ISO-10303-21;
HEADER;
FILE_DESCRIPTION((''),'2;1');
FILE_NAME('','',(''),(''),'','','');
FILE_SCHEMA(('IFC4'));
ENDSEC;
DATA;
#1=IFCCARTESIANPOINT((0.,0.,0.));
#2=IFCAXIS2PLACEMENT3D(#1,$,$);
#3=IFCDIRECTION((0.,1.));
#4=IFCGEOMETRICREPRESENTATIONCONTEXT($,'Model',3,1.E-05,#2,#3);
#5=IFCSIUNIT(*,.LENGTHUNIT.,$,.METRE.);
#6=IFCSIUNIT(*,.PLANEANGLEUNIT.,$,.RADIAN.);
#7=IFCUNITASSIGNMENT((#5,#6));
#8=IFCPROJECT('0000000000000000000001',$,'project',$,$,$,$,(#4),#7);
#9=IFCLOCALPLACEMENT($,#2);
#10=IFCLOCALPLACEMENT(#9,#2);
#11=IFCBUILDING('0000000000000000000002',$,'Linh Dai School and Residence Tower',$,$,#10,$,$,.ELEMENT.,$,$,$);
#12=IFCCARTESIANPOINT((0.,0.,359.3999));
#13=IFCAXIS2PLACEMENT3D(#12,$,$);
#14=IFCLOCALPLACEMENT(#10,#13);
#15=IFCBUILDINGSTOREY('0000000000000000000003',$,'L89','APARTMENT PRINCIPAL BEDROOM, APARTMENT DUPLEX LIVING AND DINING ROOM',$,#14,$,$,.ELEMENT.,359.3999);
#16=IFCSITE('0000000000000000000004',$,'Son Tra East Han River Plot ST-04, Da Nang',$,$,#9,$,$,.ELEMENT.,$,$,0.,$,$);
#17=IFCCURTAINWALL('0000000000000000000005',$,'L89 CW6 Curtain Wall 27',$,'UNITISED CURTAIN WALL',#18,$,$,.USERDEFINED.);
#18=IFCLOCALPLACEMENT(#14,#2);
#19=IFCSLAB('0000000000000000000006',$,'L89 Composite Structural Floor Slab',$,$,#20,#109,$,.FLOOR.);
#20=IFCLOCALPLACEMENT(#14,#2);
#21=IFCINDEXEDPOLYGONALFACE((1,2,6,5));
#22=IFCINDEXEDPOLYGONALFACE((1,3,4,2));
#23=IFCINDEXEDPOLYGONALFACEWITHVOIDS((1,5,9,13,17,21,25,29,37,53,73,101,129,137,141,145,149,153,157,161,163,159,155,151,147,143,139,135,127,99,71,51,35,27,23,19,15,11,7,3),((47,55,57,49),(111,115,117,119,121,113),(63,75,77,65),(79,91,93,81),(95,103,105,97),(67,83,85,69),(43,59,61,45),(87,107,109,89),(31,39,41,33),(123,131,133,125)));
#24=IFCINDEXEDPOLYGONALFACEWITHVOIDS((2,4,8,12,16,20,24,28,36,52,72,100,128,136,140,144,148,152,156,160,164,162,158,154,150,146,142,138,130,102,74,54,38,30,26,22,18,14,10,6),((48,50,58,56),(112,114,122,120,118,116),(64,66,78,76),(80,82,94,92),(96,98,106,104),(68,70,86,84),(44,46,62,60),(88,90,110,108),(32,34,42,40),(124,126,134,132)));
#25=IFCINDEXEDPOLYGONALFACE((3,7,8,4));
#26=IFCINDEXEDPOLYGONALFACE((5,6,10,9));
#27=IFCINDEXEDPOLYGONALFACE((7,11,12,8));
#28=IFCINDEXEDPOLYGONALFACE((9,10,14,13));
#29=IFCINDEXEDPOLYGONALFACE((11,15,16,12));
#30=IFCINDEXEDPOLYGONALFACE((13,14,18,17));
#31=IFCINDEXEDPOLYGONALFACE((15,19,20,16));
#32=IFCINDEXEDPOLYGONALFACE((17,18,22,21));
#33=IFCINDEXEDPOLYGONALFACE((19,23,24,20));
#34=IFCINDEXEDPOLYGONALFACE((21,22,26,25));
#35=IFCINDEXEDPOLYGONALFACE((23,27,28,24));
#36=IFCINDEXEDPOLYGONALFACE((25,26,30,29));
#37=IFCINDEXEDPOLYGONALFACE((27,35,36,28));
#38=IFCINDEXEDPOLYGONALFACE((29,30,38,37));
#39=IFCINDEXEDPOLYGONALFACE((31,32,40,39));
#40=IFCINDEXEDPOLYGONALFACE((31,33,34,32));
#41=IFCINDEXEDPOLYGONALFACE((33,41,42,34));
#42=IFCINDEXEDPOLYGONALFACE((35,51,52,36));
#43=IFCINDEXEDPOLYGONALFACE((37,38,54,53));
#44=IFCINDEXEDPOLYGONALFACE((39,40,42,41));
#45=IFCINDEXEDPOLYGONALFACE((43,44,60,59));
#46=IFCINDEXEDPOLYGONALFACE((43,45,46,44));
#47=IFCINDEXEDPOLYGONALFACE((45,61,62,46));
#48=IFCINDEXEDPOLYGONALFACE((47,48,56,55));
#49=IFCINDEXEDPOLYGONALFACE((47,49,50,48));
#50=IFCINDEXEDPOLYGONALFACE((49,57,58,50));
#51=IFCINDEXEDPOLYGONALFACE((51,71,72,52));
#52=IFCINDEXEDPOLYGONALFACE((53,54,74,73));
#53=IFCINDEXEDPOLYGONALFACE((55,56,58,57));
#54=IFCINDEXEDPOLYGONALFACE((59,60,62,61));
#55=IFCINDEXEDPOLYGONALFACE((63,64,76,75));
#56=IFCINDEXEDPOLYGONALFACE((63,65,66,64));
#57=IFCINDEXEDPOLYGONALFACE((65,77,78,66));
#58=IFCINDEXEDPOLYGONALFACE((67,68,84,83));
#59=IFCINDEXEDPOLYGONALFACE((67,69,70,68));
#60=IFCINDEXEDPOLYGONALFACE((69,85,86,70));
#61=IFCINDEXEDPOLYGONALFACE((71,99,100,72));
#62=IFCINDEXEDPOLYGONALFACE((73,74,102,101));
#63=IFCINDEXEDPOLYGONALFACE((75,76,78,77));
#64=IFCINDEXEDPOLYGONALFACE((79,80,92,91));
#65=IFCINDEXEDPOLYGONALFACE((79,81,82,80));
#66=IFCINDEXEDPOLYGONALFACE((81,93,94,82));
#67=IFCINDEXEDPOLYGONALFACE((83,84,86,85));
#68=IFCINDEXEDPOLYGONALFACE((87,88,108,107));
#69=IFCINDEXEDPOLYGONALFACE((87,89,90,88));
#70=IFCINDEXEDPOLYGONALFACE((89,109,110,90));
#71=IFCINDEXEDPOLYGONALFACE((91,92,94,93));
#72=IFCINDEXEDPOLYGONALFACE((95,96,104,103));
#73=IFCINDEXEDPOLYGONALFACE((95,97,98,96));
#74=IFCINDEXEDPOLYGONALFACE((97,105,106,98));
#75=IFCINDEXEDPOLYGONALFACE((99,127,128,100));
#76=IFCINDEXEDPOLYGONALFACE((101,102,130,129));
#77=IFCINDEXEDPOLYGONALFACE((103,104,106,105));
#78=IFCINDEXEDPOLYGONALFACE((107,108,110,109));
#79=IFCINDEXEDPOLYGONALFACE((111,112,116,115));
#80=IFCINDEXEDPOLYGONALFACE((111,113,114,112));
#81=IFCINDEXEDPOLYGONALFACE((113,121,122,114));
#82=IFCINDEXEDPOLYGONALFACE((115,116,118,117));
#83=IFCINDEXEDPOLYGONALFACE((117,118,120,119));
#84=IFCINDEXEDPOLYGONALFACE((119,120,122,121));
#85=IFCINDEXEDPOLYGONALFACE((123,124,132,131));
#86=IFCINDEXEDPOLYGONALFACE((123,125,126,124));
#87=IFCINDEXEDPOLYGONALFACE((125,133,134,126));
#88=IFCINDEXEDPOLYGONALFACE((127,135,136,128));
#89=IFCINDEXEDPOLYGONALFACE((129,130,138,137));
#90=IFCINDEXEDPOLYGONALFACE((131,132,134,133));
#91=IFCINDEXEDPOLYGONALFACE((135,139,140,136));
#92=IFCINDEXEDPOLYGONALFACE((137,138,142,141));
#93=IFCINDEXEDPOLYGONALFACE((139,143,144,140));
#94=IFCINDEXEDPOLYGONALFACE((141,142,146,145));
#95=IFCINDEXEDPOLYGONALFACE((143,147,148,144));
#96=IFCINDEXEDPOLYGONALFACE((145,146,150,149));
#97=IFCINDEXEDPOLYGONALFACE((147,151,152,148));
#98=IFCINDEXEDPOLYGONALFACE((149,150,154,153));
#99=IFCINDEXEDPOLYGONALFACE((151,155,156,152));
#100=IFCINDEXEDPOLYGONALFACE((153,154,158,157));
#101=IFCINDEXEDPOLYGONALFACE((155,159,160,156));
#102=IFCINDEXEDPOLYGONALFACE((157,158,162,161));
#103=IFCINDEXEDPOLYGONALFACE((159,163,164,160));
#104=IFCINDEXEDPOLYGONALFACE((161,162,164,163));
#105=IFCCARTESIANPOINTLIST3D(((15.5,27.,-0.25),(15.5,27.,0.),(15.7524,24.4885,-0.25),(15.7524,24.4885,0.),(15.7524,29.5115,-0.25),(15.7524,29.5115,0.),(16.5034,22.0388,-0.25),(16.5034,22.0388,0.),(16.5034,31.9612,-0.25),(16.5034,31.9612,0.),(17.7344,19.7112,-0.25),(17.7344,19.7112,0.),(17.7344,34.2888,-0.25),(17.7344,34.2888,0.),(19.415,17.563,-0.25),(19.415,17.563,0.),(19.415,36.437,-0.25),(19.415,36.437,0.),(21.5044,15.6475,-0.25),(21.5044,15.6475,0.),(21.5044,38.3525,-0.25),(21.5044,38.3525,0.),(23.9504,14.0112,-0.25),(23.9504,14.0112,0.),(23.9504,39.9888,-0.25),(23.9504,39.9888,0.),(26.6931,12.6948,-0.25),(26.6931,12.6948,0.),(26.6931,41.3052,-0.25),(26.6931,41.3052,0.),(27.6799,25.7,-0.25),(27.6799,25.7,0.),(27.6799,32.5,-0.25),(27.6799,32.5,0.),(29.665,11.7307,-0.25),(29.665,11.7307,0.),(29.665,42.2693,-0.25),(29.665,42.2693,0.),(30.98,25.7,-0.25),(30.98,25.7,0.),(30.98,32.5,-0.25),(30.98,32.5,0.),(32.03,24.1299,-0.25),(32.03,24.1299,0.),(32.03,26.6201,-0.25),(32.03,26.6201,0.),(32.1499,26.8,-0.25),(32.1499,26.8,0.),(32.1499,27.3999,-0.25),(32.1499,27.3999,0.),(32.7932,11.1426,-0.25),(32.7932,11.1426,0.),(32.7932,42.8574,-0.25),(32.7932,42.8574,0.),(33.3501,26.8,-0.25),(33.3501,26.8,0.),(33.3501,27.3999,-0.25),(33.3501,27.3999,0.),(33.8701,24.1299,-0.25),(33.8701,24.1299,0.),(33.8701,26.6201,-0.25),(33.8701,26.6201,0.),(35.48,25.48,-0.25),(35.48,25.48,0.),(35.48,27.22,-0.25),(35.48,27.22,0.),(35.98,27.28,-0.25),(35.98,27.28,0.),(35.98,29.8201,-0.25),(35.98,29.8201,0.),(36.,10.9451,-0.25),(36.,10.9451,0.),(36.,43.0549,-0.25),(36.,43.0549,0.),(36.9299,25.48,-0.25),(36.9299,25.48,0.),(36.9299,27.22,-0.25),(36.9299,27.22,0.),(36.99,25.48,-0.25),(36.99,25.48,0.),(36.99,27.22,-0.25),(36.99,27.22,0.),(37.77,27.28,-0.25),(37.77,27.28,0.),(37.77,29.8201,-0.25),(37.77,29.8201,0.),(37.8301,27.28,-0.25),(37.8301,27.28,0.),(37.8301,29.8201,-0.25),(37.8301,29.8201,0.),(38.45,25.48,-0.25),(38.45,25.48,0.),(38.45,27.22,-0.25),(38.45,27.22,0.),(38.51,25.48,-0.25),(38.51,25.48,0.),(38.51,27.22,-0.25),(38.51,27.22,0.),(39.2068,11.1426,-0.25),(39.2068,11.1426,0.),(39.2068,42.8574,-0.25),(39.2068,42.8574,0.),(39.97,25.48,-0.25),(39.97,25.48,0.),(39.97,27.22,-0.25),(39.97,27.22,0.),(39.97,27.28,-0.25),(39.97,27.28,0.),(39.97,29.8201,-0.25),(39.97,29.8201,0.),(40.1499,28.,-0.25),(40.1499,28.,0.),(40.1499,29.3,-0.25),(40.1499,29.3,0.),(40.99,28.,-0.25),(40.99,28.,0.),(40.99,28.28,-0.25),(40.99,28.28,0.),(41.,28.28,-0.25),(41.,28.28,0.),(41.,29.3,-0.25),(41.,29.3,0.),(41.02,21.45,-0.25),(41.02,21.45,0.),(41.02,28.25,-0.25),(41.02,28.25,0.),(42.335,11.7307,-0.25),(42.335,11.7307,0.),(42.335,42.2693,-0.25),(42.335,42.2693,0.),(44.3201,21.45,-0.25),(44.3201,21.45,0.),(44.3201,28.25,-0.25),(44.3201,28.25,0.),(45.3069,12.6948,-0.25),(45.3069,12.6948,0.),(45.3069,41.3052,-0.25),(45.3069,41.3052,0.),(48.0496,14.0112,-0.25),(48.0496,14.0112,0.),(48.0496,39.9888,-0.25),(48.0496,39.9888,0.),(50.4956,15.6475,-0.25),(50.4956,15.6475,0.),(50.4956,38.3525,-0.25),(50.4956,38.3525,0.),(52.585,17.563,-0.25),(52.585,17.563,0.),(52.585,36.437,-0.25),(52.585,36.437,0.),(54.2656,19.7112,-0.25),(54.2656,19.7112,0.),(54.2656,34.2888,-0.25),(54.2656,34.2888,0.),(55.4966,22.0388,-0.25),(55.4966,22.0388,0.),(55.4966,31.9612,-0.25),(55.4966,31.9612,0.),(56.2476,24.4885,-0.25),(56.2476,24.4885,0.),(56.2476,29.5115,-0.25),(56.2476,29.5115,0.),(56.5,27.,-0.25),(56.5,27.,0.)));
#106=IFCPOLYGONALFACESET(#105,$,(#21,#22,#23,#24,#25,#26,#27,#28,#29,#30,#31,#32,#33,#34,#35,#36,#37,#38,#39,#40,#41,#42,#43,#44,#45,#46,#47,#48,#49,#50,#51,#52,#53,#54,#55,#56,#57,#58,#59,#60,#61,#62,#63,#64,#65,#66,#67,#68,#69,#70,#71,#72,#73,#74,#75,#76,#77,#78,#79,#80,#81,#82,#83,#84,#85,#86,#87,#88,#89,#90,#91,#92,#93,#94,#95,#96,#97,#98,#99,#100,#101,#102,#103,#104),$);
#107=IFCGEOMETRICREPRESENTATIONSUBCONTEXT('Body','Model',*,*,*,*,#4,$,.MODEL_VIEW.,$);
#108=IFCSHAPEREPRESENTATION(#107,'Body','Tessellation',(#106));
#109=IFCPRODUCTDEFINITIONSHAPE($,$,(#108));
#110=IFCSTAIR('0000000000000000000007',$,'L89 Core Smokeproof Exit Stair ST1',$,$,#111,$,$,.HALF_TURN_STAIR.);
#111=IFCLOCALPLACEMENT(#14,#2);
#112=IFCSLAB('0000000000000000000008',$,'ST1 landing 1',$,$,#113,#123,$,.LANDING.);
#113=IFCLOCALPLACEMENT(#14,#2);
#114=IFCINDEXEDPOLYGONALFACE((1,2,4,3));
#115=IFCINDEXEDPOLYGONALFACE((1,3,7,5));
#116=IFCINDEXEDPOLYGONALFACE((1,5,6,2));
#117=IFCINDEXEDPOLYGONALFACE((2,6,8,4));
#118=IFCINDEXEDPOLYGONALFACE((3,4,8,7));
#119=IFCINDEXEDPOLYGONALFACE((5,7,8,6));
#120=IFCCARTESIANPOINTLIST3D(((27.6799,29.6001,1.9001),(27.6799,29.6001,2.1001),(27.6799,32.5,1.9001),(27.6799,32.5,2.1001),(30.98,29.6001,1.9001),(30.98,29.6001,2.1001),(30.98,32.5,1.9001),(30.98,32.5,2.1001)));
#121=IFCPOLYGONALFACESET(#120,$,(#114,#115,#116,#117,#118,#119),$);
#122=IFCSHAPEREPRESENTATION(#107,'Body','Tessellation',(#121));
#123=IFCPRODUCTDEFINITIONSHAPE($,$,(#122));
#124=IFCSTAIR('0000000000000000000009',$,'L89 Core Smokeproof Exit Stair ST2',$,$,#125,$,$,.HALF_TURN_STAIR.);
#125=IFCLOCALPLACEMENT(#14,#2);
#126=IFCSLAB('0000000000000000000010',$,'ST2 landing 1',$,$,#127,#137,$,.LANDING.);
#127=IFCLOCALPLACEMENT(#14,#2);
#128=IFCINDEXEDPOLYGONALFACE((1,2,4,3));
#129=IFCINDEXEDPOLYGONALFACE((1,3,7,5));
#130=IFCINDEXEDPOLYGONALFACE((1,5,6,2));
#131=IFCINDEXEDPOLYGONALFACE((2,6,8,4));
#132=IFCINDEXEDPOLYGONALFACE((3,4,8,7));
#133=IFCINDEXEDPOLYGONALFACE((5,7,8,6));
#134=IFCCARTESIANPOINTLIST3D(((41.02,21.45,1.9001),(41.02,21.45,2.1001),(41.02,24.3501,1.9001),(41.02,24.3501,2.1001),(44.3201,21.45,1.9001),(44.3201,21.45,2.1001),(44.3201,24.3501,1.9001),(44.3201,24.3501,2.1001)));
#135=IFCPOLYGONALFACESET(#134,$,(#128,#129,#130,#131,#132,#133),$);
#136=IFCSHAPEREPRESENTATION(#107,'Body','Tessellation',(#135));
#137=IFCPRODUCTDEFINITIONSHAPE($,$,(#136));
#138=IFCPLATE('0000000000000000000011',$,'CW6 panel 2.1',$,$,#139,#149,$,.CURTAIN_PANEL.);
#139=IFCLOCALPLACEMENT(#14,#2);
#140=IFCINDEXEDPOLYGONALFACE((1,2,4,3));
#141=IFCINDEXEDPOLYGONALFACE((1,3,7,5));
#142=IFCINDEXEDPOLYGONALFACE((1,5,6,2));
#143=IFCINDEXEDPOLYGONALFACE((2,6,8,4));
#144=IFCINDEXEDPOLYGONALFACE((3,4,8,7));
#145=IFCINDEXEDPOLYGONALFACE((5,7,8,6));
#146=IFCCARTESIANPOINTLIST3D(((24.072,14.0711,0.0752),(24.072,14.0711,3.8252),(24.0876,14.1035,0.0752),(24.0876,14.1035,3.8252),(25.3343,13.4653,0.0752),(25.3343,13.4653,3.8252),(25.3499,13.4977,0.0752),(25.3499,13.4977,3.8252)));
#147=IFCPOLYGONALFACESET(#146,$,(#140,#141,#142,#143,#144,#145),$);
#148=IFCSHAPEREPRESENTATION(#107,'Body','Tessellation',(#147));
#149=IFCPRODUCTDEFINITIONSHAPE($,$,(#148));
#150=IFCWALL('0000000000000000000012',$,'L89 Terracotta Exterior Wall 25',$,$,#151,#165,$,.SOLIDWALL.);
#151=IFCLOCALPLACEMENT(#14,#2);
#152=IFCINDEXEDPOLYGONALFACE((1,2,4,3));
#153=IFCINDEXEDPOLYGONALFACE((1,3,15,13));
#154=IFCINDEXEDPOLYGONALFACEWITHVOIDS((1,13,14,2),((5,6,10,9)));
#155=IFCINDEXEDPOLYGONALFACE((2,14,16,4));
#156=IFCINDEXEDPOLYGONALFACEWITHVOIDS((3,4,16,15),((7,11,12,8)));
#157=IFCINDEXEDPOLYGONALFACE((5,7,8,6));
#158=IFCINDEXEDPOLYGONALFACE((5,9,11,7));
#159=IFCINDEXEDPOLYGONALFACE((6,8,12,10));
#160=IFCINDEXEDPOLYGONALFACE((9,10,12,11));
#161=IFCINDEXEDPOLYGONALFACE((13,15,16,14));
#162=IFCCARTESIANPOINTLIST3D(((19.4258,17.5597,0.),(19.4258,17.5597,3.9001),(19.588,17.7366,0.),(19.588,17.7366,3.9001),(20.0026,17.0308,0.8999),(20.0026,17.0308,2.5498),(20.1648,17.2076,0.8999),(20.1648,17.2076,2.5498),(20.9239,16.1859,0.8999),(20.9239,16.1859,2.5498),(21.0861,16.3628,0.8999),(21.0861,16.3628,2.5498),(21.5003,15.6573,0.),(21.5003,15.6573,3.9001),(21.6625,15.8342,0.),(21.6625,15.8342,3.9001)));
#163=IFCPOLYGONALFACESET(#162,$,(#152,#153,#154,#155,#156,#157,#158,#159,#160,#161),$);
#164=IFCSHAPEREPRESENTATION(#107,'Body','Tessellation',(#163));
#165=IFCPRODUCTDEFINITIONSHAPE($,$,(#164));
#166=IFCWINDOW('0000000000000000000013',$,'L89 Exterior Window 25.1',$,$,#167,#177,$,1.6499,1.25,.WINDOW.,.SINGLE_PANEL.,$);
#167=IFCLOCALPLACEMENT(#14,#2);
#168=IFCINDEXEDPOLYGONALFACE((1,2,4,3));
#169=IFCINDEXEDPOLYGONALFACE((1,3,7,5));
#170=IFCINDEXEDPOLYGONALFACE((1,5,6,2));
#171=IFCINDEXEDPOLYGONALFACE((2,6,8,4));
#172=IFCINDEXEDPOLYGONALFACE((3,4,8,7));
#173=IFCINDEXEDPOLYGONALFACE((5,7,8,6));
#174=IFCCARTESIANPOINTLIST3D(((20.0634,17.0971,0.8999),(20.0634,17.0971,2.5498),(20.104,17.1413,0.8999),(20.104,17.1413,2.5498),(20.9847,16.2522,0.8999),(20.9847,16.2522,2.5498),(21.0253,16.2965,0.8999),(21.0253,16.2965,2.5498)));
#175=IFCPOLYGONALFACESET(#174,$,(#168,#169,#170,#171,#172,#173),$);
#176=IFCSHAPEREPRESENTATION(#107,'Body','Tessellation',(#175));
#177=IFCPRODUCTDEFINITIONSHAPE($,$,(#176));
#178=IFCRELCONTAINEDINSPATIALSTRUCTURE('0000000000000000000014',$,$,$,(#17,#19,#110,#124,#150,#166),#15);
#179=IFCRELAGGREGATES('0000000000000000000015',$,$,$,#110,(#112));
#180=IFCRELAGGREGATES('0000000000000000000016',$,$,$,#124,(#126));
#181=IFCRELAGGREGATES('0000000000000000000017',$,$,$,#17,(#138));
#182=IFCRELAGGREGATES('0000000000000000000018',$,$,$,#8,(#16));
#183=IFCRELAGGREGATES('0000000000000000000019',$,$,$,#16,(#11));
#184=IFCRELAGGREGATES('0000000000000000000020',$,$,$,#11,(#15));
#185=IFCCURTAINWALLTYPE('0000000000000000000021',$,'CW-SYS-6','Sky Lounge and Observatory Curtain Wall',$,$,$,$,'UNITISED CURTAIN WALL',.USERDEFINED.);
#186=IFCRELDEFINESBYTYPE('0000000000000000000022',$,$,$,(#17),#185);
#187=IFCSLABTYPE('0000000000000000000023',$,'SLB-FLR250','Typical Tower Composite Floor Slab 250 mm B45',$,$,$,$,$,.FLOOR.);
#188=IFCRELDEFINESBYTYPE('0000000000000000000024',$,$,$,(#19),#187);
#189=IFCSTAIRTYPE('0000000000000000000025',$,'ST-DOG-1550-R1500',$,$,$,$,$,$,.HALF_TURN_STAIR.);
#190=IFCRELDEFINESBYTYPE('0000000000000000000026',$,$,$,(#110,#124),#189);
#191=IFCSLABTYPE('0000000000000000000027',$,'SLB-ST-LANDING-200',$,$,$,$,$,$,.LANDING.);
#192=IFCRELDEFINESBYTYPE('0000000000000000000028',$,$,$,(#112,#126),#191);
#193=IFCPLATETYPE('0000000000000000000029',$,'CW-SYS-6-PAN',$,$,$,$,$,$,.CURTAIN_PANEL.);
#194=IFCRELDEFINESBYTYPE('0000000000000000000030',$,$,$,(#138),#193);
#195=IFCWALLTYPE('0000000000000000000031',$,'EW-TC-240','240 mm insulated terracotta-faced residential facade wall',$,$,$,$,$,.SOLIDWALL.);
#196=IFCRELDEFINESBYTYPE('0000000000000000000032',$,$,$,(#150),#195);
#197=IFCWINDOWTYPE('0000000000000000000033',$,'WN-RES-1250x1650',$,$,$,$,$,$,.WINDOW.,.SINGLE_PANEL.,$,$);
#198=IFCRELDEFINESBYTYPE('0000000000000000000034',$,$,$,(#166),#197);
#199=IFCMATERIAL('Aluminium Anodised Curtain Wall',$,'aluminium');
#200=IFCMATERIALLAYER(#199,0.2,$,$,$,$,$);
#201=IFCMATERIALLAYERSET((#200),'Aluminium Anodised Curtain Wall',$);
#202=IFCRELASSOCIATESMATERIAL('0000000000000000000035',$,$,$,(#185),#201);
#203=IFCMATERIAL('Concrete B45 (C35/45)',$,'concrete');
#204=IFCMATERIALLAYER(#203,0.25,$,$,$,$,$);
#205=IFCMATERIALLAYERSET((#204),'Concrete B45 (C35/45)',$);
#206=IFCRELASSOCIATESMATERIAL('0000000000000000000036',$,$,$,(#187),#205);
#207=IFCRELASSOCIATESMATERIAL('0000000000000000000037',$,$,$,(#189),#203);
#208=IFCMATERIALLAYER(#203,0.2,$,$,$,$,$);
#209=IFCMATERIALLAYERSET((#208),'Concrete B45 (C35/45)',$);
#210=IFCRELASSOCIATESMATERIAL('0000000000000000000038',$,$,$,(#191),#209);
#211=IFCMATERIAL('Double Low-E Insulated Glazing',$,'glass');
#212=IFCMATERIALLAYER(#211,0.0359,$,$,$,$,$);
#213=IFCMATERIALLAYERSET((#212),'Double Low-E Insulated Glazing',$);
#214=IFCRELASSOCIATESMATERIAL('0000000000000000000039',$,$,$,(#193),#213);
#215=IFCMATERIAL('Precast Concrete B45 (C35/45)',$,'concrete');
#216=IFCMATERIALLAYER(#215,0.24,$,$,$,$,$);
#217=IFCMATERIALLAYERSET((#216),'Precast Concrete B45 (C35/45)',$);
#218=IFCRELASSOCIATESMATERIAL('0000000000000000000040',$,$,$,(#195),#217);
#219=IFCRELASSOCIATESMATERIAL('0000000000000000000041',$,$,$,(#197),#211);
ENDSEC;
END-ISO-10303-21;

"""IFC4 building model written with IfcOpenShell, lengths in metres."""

from ifc_helpers import new_model, si_unit, direction, frame, frame_2d, origin, origin_2d, place, context, subcontext, project, spatial, polyline, rectangle, outline, extrude, source, transform, mapped, material, layer, layer_set, type_object, element, fill, aggregate, save


model = new_model("IFC4")

# Units and contexts
model_context = context("Model", 3, precision=1e-05, world=origin(), true_north=direction((0.0, 1.0)))
body_context = subcontext(model_context, "Body", "Model", "MODEL_VIEW")
ifc_project = project(units=[si_unit("LENGTHUNIT", "METRE"), si_unit("PLANEANGLEUNIT", "RADIAN")], contexts=[model_context])

# Site, building, storey
site_placement = place(None, origin())
site = spatial("IfcSite", under=ifc_project, at=site_placement, Name="Son Tra East Han River Plot ST-04, Da Nang", CompositionType="ELEMENT", RefElevation=0.0)
building_placement = place(site_placement, origin())
building = spatial("IfcBuilding", under=site, at=building_placement, Name="Linh Dai School and Residence Tower", CompositionType="ELEMENT")
storey_placement = place(building_placement, frame((0.0, 0.0, 359.3999)))
storey = spatial("IfcBuildingStorey", under=building, at=storey_placement, Name="L89", Description="APARTMENT PRINCIPAL BEDROOM, APARTMENT DUPLEX LIVING AND DINING ROOM", CompositionType="ELEMENT", Elevation=359.3999)

# Curtain wall
ifc_material_1 = material(Name="Aluminium Anodised Curtain Wall", Category="aluminium")
ifc_layer_1 = layer(ifc_material_1, 0.2)
ifc_layer_set_1 = layer_set([ifc_layer_1], Name="Aluminium Anodised Curtain Wall")
curtain_wall_type = type_object("IfcCurtainWallType", Name="CW-SYS-6", Description="Sky Lounge and Observatory Curtain Wall", ElementType="UNITISED CURTAIN WALL", PredefinedType="USERDEFINED", material=ifc_layer_set_1)
curtain_wall_placement = place(storey_placement, origin())
curtain_wall = element("IfcCurtainWall", 1, at=curtain_wall_placement, inside=storey, type_object=curtain_wall_type, Name="L89 CW6 Curtain Wall 27", ObjectType="UNITISED CURTAIN WALL", PredefinedType="USERDEFINED")

# Slab
ifc_material_2 = material(Name="Concrete B45 (C35/45)", Category="concrete")
ifc_layer_2 = layer(ifc_material_2, 0.25)
ifc_layer_set_2 = layer_set([ifc_layer_2], Name="Concrete B45 (C35/45)")
slab_type_1 = type_object("IfcSlabType", Name="SLB-FLR250", Description="Typical Tower Composite Floor Slab 250 mm B45", PredefinedType="FLOOR", material=ifc_layer_set_2)
slab_1_placement = place(storey_placement, frame((0.0, 0.0, -0.25)))
element("IfcSlab", 2, at=slab_1_placement, inside=storey, type_object=slab_type_1, Name="L89 Composite Structural Floor Slab", PredefinedType="FLOOR", context=body_context, shape_type="SweptSolid", body=[
    extrude(outline(polyline([(56.5, 27.0), (56.2476, 29.5115), (55.4966, 31.9612), (54.2656, 34.2888), (52.585, 36.437), (50.4956, 38.3525), (48.0496, 39.9888), (45.3069, 41.3052), (42.335, 42.2693), (39.2068, 42.8574), (36.0, 43.0549), (32.7932, 42.8574), (29.665, 42.2693), (26.6931, 41.3052), (23.9504, 39.9888), (21.5044, 38.3525), (19.415, 36.437), (17.7344, 34.2888), (16.5034, 31.9612), (15.7524, 29.5115), (15.5, 27.0), (15.7524, 24.4885), (16.5034, 22.0388), (17.7344, 19.7112), (19.415, 17.563), (21.5044, 15.6475), (23.9504, 14.0112), (26.6931, 12.6948), (29.665, 11.7307), (32.7932, 11.1426), (36.0, 10.9451), (39.2068, 11.1426), (42.335, 11.7307), (45.3069, 12.6948), (48.0496, 14.0112), (50.4956, 15.6475), (52.585, 17.563), (54.2656, 19.7112), (55.4966, 22.0388), (56.2476, 24.4885), (56.5, 27.0)]), holes=[polyline([(30.98, 25.7), (30.98, 32.5), (27.6799, 32.5), (27.6799, 25.7), (30.98, 25.7)]), polyline([(41.02, 28.25), (41.02, 21.45), (44.3201, 21.45), (44.3201, 28.25), (41.02, 28.25)]), polyline([(35.98, 27.28), (37.77, 27.28), (37.77, 29.8201), (35.98, 29.8201), (35.98, 27.28)]), polyline([(32.03, 24.1299), (33.8701, 24.1299), (33.8701, 26.6201), (32.03, 26.6201), (32.03, 24.1299)]), polyline([(37.8301, 27.28), (39.97, 27.28), (39.97, 29.8201), (37.8301, 29.8201), (37.8301, 27.28)]), polyline([(35.48, 25.48), (36.9299, 25.48), (36.9299, 27.22), (35.48, 27.22), (35.48, 25.48)]), polyline([(36.99, 25.48), (38.45, 25.48), (38.45, 27.22), (36.99, 27.22), (36.99, 25.48)]), polyline([(38.51, 25.48), (39.97, 25.48), (39.97, 27.22), (38.51, 27.22), (38.51, 25.48)]), polyline([(40.1499, 28.0), (40.1499, 29.3), (41.0, 29.3), (41.0, 28.28), (40.99, 28.28), (40.99, 28.0), (40.1499, 28.0)]), polyline([(32.1499, 26.8), (33.3501, 26.8), (33.3501, 27.3999), (32.1499, 27.3999), (32.1499, 26.8)])]), origin(), (0.0, 0.0, 1.0), 0.25),
])

# Stairs, slabs
stair_type = type_object("IfcStairType", Name="ST-DOG-1550-R1500", PredefinedType="HALF_TURN_STAIR", material=ifc_material_2)
stair_1_placement = place(storey_placement, origin())
stair_1 = element("IfcStair", 3, at=stair_1_placement, inside=storey, type_object=stair_type, Name="L89 Core Smokeproof Exit Stair ST1", PredefinedType="HALF_TURN_STAIR")
ifc_layer_3 = layer(ifc_material_2, 0.2)
ifc_layer_set_3 = layer_set([ifc_layer_3], Name="Concrete B45 (C35/45)")
slab_type_2 = type_object("IfcSlabType", Name="SLB-ST-LANDING-200", PredefinedType="LANDING", material=ifc_layer_set_3)
slab_2_placement = place(storey_placement, frame((0.0, 0.0, 1.9001)))
slab_2 = element("IfcSlab", 4, at=slab_2_placement, type_object=slab_type_2, Name="ST1 landing 1", PredefinedType="LANDING", context=body_context, shape_type="SweptSolid", body=[
    extrude(outline(polyline([(30.98, 29.6001), (30.98, 32.5), (27.6799, 32.5), (27.6799, 29.6001), (30.98, 29.6001)])), origin(), (0.0, 0.0, 1.0), 0.2),
])
aggregate(stair_1, [slab_2])
stair_2_placement = place(storey_placement, origin())
stair_2 = element("IfcStair", 5, at=stair_2_placement, inside=storey, type_object=stair_type, Name="L89 Core Smokeproof Exit Stair ST2", PredefinedType="HALF_TURN_STAIR")
slab_3_placement = place(storey_placement, frame((0.0, 0.0, 1.9001)))
slab_3 = element("IfcSlab", 6, at=slab_3_placement, type_object=slab_type_2, Name="ST2 landing 1", PredefinedType="LANDING", context=body_context, shape_type="SweptSolid", body=[
    extrude(outline(polyline([(41.02, 24.3501), (41.02, 21.45), (44.3201, 21.45), (44.3201, 24.3501), (41.02, 24.3501)])), origin(), (0.0, 0.0, 1.0), 0.2),
])
aggregate(stair_2, [slab_3])

# Plate
ifc_material_3 = material(Name="Double Low-E Insulated Glazing", Category="glass")
ifc_layer_4 = layer(ifc_material_3, 0.0359)
ifc_layer_set_4 = layer_set([ifc_layer_4], Name="Double Low-E Insulated Glazing")
plate_type = type_object("IfcPlateType", Name="CW-SYS-6-PAN", PredefinedType="CURTAIN_PANEL", material=ifc_layer_set_4)
shared_shape_1 = source(origin(), body_context, "Body", "SweptSolid", [
    extrude(rectangle(XDim=1.4001, YDim=0.0359, at=origin_2d()), origin(), (0.0, 0.0, 1.0), 3.75),
])
plate_placement = place(storey_placement, frame((24.7109, 13.7844, 0.0752), z_axis=(0.0, 0.0, 1.0), x_axis=(-0.901551, 0.432674, 0.0)))
plate = element("IfcPlate", 7, at=plate_placement, type_object=plate_type, Name="CW6 panel 2.1", PredefinedType="CURTAIN_PANEL", context=body_context, shape_type="MappedRepresentation", body=[
    mapped(shared_shape_1, transform((0.0, 0.0, 0.0), x_axis=(1.0, 0.0, 0.0), y_axis=(0.0, 1.0, 0.0), z_axis=(0.0, 0.0, 1.0), scale=1.0)),
])
aggregate(curtain_wall, [plate])

# Wall, opening, window
ifc_material_4 = material(Name="Precast Concrete B45 (C35/45)", Category="concrete")
ifc_layer_5 = layer(ifc_material_4, 0.24)
ifc_layer_set_5 = layer_set([ifc_layer_5], Name="Precast Concrete B45 (C35/45)")
wall_type = type_object("IfcWallType", Name="EW-TC-240", Description="240 mm insulated terracotta-faced residential facade wall", PredefinedType="SOLIDWALL", material=ifc_layer_set_5)
wall_1_placement = place(storey_placement, frame((21.5813, 15.7458, 0.0), z_axis=(0.0, 0.0, 1.0), x_axis=(-0.737021, 0.67587, 0.0)))
wall_1 = element("IfcWall", 8, at=wall_1_placement, inside=storey, type_object=wall_type, Name="L89 Terracotta Exterior Wall 25", PredefinedType="SOLIDWALL", context=body_context, shape_type="SweptSolid", body=[
    extrude(rectangle(XDim=2.8147, YDim=0.24, at=frame_2d((1.4072, 0.0))), origin(), (0.0, 0.0, 1.0), 3.9001),
])
opening_1_placement = place(wall_1_placement, frame((0.782, 0.0, 0.8999)))
opening_1 = element("IfcOpeningElement", 9, at=opening_1_placement, cuts=wall_1, PredefinedType="OPENING", context=body_context, shape_type="SweptSolid", body=[
    extrude(rectangle(XDim=1.25, YDim=1.6499, at=origin_2d()), frame((0.625, 0.1299, 0.825), z_axis=(0.0, -1.0, 0.0), x_axis=(1.0, 0.0, 0.0)), (0.0, 0.0, 1.0), 0.26),
])
window_type = type_object("IfcWindowType", Name="WN-RES-1250x1650", PartitioningType="SINGLE_PANEL", PredefinedType="WINDOW", material=ifc_material_3)
shared_shape_2 = source(origin(), body_context, "Body", "SweptSolid", [
    extrude(rectangle(XDim=1.25, YDim=1.6499, at=origin_2d()), frame((0.625, 0.03, 0.825), z_axis=(0.0, -1.0, 0.0), x_axis=(1.0, 0.0, 0.0)), (0.0, 0.0, 1.0), 0.0601),
])
window_1_placement = place(opening_1_placement, origin())
window_1 = element("IfcWindow", 10, at=window_1_placement, inside=storey, type_object=window_type, Name="L89 Exterior Window 25.1", OverallHeight=1.6499, OverallWidth=1.25, PartitioningType="SINGLE_PANEL", PredefinedType="WINDOW", context=body_context, shape_type="MappedRepresentation", body=[
    mapped(shared_shape_2, transform((0.0, 0.0, 0.0), x_axis=(1.0, 0.0, 0.0), y_axis=(0.0, 1.0, 0.0), z_axis=(0.0, 0.0, 1.0), scale=1.0)),
])
fill(opening_1, window_1)

save(model, "model.ifc")
